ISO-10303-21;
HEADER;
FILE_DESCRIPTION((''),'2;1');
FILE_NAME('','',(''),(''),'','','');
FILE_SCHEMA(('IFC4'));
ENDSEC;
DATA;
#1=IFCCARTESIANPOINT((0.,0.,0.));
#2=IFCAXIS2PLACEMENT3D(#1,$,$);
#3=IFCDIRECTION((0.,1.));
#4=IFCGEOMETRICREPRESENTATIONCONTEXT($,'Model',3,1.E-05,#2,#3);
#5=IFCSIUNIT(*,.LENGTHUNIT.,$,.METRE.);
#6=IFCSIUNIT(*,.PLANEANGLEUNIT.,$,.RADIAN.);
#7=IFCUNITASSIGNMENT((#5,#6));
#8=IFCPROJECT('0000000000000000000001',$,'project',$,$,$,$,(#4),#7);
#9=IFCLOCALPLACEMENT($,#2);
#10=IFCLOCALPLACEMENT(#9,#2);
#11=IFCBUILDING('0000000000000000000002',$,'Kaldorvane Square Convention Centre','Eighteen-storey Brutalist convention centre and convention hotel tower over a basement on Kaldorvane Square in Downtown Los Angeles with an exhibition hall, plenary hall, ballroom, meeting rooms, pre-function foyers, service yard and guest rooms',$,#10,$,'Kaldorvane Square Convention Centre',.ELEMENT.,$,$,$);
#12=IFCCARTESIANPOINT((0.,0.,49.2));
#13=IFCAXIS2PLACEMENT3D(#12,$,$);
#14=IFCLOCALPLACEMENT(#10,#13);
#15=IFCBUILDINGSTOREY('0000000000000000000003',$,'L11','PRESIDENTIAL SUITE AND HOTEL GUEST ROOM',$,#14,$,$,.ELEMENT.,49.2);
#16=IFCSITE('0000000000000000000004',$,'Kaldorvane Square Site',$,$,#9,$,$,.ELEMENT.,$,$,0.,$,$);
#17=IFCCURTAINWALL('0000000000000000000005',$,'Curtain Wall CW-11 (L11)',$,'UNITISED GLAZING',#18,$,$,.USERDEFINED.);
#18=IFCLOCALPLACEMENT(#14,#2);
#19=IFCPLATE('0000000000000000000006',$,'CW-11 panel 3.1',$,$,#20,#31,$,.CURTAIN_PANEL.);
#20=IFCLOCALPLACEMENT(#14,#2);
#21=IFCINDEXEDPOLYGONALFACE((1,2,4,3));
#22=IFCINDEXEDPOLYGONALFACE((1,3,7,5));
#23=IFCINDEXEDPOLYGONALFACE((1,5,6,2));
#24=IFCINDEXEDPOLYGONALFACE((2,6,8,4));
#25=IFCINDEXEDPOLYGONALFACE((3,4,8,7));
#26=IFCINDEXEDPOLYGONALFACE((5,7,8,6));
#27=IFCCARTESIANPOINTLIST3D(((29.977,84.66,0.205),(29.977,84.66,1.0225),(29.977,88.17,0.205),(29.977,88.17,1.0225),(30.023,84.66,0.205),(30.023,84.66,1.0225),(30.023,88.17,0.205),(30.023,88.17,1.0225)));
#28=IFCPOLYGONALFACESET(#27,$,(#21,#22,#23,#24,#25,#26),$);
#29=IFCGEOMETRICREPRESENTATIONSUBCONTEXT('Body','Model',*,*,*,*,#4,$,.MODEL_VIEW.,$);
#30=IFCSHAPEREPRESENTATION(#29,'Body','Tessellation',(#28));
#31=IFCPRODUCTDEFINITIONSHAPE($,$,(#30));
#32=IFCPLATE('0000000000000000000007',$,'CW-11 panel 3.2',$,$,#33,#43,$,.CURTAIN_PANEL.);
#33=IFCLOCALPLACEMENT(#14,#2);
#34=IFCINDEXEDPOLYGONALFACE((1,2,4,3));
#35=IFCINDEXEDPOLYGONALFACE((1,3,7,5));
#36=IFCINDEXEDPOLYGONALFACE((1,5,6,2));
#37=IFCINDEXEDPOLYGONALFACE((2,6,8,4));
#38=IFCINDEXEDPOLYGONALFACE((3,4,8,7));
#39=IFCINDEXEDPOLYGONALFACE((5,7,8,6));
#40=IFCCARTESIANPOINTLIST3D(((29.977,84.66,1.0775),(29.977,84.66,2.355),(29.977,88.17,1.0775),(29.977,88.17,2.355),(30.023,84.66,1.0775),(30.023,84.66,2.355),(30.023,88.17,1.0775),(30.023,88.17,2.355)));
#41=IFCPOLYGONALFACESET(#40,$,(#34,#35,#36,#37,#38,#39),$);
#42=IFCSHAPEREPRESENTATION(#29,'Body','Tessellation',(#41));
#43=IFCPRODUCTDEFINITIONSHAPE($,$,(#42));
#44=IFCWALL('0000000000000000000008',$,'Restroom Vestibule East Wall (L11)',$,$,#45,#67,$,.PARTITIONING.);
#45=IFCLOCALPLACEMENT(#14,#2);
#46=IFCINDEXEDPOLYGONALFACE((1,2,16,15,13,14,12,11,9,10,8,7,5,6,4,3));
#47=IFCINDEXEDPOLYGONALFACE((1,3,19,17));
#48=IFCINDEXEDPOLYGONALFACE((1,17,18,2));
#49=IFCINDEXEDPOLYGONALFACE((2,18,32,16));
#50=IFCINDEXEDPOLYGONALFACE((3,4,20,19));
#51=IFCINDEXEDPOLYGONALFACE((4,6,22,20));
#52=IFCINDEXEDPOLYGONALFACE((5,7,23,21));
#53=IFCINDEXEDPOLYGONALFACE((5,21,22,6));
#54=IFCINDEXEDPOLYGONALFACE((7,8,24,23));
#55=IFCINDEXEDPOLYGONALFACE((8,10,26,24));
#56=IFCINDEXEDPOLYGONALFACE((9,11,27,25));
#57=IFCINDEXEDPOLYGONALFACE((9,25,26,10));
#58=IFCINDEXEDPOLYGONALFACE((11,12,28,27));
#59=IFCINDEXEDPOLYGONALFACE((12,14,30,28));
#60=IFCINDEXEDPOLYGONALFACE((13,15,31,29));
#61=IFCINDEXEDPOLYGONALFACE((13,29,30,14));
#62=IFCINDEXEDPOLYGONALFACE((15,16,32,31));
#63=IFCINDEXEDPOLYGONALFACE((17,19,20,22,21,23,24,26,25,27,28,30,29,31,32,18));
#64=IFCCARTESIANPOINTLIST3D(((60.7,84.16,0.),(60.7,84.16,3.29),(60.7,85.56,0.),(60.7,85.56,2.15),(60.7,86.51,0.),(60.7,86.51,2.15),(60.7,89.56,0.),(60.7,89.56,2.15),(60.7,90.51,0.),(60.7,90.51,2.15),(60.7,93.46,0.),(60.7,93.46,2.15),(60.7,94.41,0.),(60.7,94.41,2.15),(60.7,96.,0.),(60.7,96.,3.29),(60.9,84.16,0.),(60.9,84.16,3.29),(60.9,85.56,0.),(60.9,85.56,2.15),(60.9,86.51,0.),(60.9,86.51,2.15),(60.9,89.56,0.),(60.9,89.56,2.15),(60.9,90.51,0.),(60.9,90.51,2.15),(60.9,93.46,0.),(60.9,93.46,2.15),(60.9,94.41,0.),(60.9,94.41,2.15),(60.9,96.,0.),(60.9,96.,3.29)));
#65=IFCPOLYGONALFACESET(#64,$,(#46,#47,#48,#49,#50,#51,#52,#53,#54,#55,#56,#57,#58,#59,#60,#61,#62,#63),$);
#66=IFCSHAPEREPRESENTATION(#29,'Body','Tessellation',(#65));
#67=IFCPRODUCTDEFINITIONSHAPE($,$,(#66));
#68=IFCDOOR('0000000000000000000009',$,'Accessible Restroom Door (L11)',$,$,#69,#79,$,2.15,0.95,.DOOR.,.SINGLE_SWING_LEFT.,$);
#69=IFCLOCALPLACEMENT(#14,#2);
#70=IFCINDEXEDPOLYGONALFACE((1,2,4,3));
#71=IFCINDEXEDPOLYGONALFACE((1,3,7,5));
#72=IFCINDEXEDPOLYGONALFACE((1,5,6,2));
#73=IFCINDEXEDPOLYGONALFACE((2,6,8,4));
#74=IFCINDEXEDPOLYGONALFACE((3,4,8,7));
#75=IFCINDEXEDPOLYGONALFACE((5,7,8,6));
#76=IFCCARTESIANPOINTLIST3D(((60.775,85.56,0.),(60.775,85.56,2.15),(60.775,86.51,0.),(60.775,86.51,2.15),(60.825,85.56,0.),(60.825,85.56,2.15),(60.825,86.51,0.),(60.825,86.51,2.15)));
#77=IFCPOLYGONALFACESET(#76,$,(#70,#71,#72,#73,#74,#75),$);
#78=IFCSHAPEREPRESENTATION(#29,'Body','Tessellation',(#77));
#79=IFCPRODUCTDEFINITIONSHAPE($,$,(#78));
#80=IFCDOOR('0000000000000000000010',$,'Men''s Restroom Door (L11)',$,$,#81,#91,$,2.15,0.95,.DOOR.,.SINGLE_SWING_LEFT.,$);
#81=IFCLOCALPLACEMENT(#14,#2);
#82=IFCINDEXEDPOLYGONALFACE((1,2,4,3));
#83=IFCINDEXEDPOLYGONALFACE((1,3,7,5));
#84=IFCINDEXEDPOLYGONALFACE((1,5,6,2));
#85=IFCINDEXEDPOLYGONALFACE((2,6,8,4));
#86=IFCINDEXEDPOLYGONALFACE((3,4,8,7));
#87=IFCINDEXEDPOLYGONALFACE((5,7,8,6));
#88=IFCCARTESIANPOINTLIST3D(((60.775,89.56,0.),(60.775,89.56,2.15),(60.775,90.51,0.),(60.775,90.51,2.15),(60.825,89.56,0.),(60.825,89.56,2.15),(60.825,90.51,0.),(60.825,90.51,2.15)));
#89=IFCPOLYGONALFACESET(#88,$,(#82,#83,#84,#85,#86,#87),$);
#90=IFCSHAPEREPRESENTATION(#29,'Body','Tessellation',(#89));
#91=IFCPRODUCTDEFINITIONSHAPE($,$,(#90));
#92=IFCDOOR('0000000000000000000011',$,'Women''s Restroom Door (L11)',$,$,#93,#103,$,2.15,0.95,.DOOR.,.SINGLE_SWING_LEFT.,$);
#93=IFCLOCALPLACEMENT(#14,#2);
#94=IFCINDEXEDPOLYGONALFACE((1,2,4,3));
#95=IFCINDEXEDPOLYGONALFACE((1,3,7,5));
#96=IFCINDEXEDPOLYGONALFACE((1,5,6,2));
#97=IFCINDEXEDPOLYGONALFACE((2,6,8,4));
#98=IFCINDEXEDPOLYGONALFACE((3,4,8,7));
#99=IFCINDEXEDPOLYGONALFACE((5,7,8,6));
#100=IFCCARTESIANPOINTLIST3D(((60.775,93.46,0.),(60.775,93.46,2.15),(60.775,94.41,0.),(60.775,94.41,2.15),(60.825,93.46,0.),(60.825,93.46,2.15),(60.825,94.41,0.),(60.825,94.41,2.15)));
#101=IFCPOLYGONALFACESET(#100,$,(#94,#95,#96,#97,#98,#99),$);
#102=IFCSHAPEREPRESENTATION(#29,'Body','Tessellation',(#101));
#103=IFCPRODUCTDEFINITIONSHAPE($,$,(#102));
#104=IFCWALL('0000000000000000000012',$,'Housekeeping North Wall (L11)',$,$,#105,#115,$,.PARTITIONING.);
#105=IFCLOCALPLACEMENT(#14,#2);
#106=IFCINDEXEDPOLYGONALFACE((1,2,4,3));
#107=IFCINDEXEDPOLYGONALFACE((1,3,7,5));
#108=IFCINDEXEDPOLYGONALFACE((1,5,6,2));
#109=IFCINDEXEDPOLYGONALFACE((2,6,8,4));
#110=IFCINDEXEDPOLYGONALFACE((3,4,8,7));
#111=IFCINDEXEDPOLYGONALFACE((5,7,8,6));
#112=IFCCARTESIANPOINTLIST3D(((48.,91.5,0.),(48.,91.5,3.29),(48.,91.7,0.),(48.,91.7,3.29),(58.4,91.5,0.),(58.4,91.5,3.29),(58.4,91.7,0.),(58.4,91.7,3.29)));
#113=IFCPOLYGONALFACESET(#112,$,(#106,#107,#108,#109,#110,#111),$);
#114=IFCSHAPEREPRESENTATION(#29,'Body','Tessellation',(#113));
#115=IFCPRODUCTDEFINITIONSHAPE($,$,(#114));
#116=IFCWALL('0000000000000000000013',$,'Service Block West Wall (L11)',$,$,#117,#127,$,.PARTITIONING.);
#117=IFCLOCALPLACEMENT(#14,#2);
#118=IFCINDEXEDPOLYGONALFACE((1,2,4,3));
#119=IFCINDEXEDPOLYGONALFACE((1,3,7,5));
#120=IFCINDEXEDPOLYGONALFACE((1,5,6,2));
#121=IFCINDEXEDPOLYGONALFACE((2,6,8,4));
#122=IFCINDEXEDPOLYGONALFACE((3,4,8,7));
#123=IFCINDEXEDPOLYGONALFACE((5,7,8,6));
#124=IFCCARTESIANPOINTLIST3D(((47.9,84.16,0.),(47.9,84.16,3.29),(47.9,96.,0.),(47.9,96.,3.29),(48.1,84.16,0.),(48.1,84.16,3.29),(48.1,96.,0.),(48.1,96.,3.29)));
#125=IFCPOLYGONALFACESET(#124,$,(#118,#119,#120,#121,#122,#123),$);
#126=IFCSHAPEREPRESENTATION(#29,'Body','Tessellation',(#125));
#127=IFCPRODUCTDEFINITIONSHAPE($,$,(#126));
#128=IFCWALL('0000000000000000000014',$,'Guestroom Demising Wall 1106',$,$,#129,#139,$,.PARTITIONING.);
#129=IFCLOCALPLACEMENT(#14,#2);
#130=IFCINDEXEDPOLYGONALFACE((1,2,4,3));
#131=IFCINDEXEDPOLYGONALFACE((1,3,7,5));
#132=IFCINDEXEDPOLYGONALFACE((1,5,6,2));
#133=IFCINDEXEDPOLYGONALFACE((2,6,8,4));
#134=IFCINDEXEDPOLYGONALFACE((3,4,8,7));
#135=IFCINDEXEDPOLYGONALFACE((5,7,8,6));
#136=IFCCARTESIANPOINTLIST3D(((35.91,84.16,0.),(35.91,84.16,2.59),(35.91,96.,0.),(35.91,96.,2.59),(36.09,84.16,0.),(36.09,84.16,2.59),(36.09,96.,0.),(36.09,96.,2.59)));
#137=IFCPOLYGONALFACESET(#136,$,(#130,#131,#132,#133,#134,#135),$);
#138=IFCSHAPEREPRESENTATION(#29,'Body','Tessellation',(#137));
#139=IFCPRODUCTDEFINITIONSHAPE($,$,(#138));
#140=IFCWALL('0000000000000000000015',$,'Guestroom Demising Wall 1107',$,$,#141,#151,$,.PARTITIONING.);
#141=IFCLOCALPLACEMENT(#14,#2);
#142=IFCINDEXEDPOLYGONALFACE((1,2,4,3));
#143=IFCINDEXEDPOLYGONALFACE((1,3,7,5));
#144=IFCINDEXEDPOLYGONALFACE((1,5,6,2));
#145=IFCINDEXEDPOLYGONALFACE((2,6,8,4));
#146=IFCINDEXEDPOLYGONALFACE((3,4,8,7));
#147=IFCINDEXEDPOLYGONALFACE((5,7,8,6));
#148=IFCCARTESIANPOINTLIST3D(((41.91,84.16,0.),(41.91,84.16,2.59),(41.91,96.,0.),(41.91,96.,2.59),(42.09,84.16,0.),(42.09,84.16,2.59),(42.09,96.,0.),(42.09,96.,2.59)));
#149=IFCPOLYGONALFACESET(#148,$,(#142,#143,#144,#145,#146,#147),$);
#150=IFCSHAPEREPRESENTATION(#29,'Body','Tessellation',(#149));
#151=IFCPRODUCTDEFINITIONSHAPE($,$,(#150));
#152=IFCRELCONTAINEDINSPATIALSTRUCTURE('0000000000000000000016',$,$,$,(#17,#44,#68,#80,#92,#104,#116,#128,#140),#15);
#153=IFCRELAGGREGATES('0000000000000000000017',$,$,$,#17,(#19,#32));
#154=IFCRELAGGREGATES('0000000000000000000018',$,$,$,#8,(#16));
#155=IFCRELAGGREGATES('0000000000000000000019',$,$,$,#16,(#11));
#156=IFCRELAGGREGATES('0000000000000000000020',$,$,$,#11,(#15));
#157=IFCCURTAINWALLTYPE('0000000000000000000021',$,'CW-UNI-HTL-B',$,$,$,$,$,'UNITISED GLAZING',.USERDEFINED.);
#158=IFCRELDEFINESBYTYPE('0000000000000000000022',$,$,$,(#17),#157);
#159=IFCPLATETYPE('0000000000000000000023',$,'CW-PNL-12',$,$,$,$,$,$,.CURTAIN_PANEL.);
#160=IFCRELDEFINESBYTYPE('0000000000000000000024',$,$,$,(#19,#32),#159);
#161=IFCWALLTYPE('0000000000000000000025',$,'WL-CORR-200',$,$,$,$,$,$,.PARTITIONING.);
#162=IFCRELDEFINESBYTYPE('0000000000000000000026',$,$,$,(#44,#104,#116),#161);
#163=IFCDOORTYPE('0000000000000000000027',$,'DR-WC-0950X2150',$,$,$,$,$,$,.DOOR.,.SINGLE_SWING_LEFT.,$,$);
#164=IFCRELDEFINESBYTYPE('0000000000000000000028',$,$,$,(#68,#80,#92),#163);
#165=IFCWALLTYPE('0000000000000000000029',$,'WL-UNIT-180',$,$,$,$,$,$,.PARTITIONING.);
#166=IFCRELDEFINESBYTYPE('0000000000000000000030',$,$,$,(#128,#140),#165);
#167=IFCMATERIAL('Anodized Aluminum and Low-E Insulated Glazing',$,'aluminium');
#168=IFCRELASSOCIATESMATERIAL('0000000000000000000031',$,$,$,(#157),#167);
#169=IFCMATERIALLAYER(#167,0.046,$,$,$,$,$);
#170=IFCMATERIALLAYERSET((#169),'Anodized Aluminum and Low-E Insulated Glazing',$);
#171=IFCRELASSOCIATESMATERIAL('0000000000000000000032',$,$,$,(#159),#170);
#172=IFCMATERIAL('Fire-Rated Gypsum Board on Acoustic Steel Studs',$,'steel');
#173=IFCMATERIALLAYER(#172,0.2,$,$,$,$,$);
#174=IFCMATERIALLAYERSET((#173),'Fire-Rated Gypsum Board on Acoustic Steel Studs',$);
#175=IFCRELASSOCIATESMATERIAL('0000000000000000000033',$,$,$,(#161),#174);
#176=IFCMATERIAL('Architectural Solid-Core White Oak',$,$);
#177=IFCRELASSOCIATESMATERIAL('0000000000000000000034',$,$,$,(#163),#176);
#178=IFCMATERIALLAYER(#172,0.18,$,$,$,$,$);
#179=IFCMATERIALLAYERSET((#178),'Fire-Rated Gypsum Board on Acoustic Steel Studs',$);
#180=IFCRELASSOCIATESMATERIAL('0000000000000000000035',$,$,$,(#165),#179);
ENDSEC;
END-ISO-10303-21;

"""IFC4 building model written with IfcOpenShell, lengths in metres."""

from ifc_helpers import new_model, si_unit, direction, frame, frame_2d, origin, origin_2d, place, context, subcontext, project, spatial, rectangle, extrude, material, layer, layer_set, type_object, element, fill, aggregate, save


model = new_model("IFC4")

# Units and contexts
model_context = context("Model", 3, precision=1e-05, world=origin(), true_north=direction((0.0, 1.0)))
body_context = subcontext(model_context, "Body", "Model", "MODEL_VIEW")
ifc_project = project(units=[si_unit("LENGTHUNIT", "METRE"), si_unit("PLANEANGLEUNIT", "RADIAN")], contexts=[model_context])

# Site, building, storey
site_placement = place(None, origin())
site = spatial("IfcSite", under=ifc_project, at=site_placement, Name="Kaldorvane Square Site", CompositionType="ELEMENT", RefElevation=0.0)
building_placement = place(site_placement, origin())
building = spatial("IfcBuilding", under=site, at=building_placement, Name="Kaldorvane Square Convention Centre", Description="Eighteen-storey Brutalist convention centre and convention hotel tower over a basement on Kaldorvane Square in Downtown Los Angeles with an exhibition hall, plenary hall, ballroom, meeting rooms, pre-function foyers, service yard and guest rooms", LongName="Kaldorvane Square Convention Centre", CompositionType="ELEMENT")
storey_placement = place(building_placement, frame((0.0, 0.0, 49.2)))
storey = spatial("IfcBuildingStorey", under=building, at=storey_placement, Name="L11", Description="PRESIDENTIAL SUITE AND HOTEL GUEST ROOM", CompositionType="ELEMENT", Elevation=49.2)

# Curtain wall, plates
ifc_material_1 = material(Name="Anodized Aluminum and Low-E Insulated Glazing", Category="aluminium")
curtain_wall_type = type_object("IfcCurtainWallType", Name="CW-UNI-HTL-B", ElementType="UNITISED GLAZING", PredefinedType="USERDEFINED", material=ifc_material_1)
curtain_wall_placement = place(storey_placement, origin())
curtain_wall = element("IfcCurtainWall", 1, at=curtain_wall_placement, inside=storey, type_object=curtain_wall_type, Name="Curtain Wall CW-11 (L11)", ObjectType="UNITISED GLAZING", PredefinedType="USERDEFINED")
ifc_layer_1 = layer(ifc_material_1, 0.046)
ifc_layer_set_1 = layer_set([ifc_layer_1], Name="Anodized Aluminum and Low-E Insulated Glazing")
plate_type = type_object("IfcPlateType", Name="CW-PNL-12", PredefinedType="CURTAIN_PANEL", material=ifc_layer_set_1)
plate_1_placement = place(storey_placement, frame((30.0, 86.415, 0.205), z_axis=(0.0, 0.0, 1.0), x_axis=(0.0, -1.0, 0.0)))
plate_1 = element("IfcPlate", 2, at=plate_1_placement, type_object=plate_type, Name="CW-11 panel 3.1", PredefinedType="CURTAIN_PANEL", context=body_context, shape_type="SweptSolid", body=[
    extrude(rectangle(XDim=3.51, YDim=0.046, at=origin_2d()), origin(), (0.0, 0.0, 1.0), 0.8175),
])
plate_2_placement = place(storey_placement, frame((30.0, 86.415, 1.0775), z_axis=(0.0, 0.0, 1.0), x_axis=(0.0, -1.0, 0.0)))
plate_2 = element("IfcPlate", 3, at=plate_2_placement, type_object=plate_type, Name="CW-11 panel 3.2", PredefinedType="CURTAIN_PANEL", context=body_context, shape_type="SweptSolid", body=[
    extrude(rectangle(XDim=3.51, YDim=0.046, at=origin_2d()), origin(), (0.0, 0.0, 1.0), 1.2775),
])
aggregate(curtain_wall, [plate_1, plate_2])

# Wall, openings, doors
ifc_material_2 = material(Name="Fire-Rated Gypsum Board on Acoustic Steel Studs", Category="steel")
ifc_layer_2 = layer(ifc_material_2, 0.2)
ifc_layer_set_2 = layer_set([ifc_layer_2], Name="Fire-Rated Gypsum Board on Acoustic Steel Studs")
wall_type_1 = type_object("IfcWallType", Name="WL-CORR-200", PredefinedType="PARTITIONING", material=ifc_layer_set_2)
wall_1_placement = place(storey_placement, frame((60.8, 84.16, 0.0), z_axis=(0.0, 0.0, 1.0), x_axis=(0.0, 1.0, 0.0)))
wall_1 = element("IfcWall", 4, at=wall_1_placement, inside=storey, type_object=wall_type_1, Name="Restroom Vestibule East Wall (L11)", PredefinedType="PARTITIONING", context=body_context, shape_type="SweptSolid", body=[
    extrude(rectangle(XDim=11.84, YDim=0.2, at=frame_2d((5.92, 0.0))), origin(), (0.0, 0.0, 1.0), 3.29),
])
opening_1_placement = place(wall_1_placement, frame((1.4, 0.0, 0.0)))
opening_1 = element("IfcOpeningElement", 5, at=opening_1_placement, cuts=wall_1, PredefinedType="OPENING", context=body_context, shape_type="SweptSolid", body=[
    extrude(rectangle(XDim=0.95, YDim=2.15, at=frame_2d((0.475, 1.075))), frame((0.0, 0.115, 0.0), z_axis=(0.0, -1.0, 0.0), x_axis=(1.0, 0.0, 0.0)), (0.0, 0.0, 1.0), 0.23),
])
opening_2_placement = place(wall_1_placement, frame((5.4, 0.0, 0.0)))
opening_2 = element("IfcOpeningElement", 6, at=opening_2_placement, cuts=wall_1, PredefinedType="OPENING", context=body_context, shape_type="SweptSolid", body=[
    extrude(rectangle(XDim=0.95, YDim=2.15, at=frame_2d((0.475, 1.075))), frame((0.0, 0.115, 0.0), z_axis=(0.0, -1.0, 0.0), x_axis=(1.0, 0.0, 0.0)), (0.0, 0.0, 1.0), 0.23),
])
opening_3_placement = place(wall_1_placement, frame((9.3, 0.0, 0.0)))
opening_3 = element("IfcOpeningElement", 7, at=opening_3_placement, cuts=wall_1, PredefinedType="OPENING", context=body_context, shape_type="SweptSolid", body=[
    extrude(rectangle(XDim=0.95, YDim=2.15, at=frame_2d((0.475, 1.075))), frame((0.0, 0.115, 0.0), z_axis=(0.0, -1.0, 0.0), x_axis=(1.0, 0.0, 0.0)), (0.0, 0.0, 1.0), 0.23),
])
ifc_material_3 = material(Name="Architectural Solid-Core White Oak")
door_type = type_object("IfcDoorType", Name="DR-WC-0950X2150", OperationType="SINGLE_SWING_LEFT", PredefinedType="DOOR", material=ifc_material_3)
door_1_placement = place(opening_1_placement, origin())
door_1 = element("IfcDoor", 8, at=door_1_placement, inside=storey, type_object=door_type, Name="Accessible Restroom Door (L11)", OperationType="SINGLE_SWING_LEFT", OverallHeight=2.15, OverallWidth=0.95, PredefinedType="DOOR", context=body_context, shape_type="SweptSolid", body=[
    extrude(rectangle(XDim=0.95, YDim=2.15, at=frame_2d((0.475, 1.075))), frame((0.0, 0.025, 0.0), z_axis=(0.0, -1.0, 0.0), x_axis=(1.0, 0.0, 0.0)), (0.0, 0.0, 1.0), 0.05),
])
fill(opening_1, door_1)
door_2_placement = place(opening_2_placement, origin())
door_2 = element("IfcDoor", 9, at=door_2_placement, inside=storey, type_object=door_type, Name="Men's Restroom Door (L11)", OperationType="SINGLE_SWING_LEFT", OverallHeight=2.15, OverallWidth=0.95, PredefinedType="DOOR", context=body_context, shape_type="SweptSolid", body=[
    extrude(rectangle(XDim=0.95, YDim=2.15, at=frame_2d((0.475, 1.075))), frame((0.0, 0.025, 0.0), z_axis=(0.0, -1.0, 0.0), x_axis=(1.0, 0.0, 0.0)), (0.0, 0.0, 1.0), 0.05),
])
fill(opening_2, door_2)
door_3_placement = place(opening_3_placement, origin())
door_3 = element("IfcDoor", 10, at=door_3_placement, inside=storey, type_object=door_type, Name="Women's Restroom Door (L11)", OperationType="SINGLE_SWING_LEFT", OverallHeight=2.15, OverallWidth=0.95, PredefinedType="DOOR", context=body_context, shape_type="SweptSolid", body=[
    extrude(rectangle(XDim=0.95, YDim=2.15, at=frame_2d((0.475, 1.075))), frame((0.0, 0.025, 0.0), z_axis=(0.0, -1.0, 0.0), x_axis=(1.0, 0.0, 0.0)), (0.0, 0.0, 1.0), 0.05),
])
fill(opening_3, door_3)

# Walls
wall_2_placement = place(storey_placement, frame((48.0, 91.6, 0.0), z_axis=(0.0, 0.0, 1.0), x_axis=(1.0, 0.0, 0.0)))
element("IfcWall", 11, at=wall_2_placement, inside=storey, type_object=wall_type_1, Name="Housekeeping North Wall (L11)", PredefinedType="PARTITIONING", context=body_context, shape_type="SweptSolid", body=[
    extrude(rectangle(XDim=10.4, YDim=0.2, at=frame_2d((5.2, 0.0))), origin(), (0.0, 0.0, 1.0), 3.29),
])
wall_3_placement = place(storey_placement, frame((48.0, 84.16, 0.0), z_axis=(0.0, 0.0, 1.0), x_axis=(0.0, 1.0, 0.0)))
element("IfcWall", 12, at=wall_3_placement, inside=storey, type_object=wall_type_1, Name="Service Block West Wall (L11)", PredefinedType="PARTITIONING", context=body_context, shape_type="SweptSolid", body=[
    extrude(rectangle(XDim=11.84, YDim=0.2, at=frame_2d((5.92, 0.0))), origin(), (0.0, 0.0, 1.0), 3.29),
])
ifc_layer_3 = layer(ifc_material_2, 0.18)
ifc_layer_set_3 = layer_set([ifc_layer_3], Name="Fire-Rated Gypsum Board on Acoustic Steel Studs")
wall_type_2 = type_object("IfcWallType", Name="WL-UNIT-180", PredefinedType="PARTITIONING", material=ifc_layer_set_3)
for number, where, z_axis, x_axis, name in (
    (13, (36.0, 84.16, 0.0), (0.0, 0.0, 1.0), (0.0, 1.0, 0.0), "Guestroom Demising Wall 1106"),
    (14, (42.0, 84.16, 0.0), (0.0, 0.0, 1.0), (0.0, 1.0, 0.0), "Guestroom Demising Wall 1107"),
):
    element("IfcWall", number, at=place(storey_placement, frame(where, z_axis=z_axis, x_axis=x_axis)), inside=storey, type_object=wall_type_2, Name=name, PredefinedType="PARTITIONING", context=body_context, shape_type="SweptSolid", body=[
        extrude(rectangle(XDim=11.84, YDim=0.18, at=frame_2d((5.92, 0.0))), origin(), (0.0, 0.0, 1.0), 2.59),
    ])

save(model, "model.ifc")
